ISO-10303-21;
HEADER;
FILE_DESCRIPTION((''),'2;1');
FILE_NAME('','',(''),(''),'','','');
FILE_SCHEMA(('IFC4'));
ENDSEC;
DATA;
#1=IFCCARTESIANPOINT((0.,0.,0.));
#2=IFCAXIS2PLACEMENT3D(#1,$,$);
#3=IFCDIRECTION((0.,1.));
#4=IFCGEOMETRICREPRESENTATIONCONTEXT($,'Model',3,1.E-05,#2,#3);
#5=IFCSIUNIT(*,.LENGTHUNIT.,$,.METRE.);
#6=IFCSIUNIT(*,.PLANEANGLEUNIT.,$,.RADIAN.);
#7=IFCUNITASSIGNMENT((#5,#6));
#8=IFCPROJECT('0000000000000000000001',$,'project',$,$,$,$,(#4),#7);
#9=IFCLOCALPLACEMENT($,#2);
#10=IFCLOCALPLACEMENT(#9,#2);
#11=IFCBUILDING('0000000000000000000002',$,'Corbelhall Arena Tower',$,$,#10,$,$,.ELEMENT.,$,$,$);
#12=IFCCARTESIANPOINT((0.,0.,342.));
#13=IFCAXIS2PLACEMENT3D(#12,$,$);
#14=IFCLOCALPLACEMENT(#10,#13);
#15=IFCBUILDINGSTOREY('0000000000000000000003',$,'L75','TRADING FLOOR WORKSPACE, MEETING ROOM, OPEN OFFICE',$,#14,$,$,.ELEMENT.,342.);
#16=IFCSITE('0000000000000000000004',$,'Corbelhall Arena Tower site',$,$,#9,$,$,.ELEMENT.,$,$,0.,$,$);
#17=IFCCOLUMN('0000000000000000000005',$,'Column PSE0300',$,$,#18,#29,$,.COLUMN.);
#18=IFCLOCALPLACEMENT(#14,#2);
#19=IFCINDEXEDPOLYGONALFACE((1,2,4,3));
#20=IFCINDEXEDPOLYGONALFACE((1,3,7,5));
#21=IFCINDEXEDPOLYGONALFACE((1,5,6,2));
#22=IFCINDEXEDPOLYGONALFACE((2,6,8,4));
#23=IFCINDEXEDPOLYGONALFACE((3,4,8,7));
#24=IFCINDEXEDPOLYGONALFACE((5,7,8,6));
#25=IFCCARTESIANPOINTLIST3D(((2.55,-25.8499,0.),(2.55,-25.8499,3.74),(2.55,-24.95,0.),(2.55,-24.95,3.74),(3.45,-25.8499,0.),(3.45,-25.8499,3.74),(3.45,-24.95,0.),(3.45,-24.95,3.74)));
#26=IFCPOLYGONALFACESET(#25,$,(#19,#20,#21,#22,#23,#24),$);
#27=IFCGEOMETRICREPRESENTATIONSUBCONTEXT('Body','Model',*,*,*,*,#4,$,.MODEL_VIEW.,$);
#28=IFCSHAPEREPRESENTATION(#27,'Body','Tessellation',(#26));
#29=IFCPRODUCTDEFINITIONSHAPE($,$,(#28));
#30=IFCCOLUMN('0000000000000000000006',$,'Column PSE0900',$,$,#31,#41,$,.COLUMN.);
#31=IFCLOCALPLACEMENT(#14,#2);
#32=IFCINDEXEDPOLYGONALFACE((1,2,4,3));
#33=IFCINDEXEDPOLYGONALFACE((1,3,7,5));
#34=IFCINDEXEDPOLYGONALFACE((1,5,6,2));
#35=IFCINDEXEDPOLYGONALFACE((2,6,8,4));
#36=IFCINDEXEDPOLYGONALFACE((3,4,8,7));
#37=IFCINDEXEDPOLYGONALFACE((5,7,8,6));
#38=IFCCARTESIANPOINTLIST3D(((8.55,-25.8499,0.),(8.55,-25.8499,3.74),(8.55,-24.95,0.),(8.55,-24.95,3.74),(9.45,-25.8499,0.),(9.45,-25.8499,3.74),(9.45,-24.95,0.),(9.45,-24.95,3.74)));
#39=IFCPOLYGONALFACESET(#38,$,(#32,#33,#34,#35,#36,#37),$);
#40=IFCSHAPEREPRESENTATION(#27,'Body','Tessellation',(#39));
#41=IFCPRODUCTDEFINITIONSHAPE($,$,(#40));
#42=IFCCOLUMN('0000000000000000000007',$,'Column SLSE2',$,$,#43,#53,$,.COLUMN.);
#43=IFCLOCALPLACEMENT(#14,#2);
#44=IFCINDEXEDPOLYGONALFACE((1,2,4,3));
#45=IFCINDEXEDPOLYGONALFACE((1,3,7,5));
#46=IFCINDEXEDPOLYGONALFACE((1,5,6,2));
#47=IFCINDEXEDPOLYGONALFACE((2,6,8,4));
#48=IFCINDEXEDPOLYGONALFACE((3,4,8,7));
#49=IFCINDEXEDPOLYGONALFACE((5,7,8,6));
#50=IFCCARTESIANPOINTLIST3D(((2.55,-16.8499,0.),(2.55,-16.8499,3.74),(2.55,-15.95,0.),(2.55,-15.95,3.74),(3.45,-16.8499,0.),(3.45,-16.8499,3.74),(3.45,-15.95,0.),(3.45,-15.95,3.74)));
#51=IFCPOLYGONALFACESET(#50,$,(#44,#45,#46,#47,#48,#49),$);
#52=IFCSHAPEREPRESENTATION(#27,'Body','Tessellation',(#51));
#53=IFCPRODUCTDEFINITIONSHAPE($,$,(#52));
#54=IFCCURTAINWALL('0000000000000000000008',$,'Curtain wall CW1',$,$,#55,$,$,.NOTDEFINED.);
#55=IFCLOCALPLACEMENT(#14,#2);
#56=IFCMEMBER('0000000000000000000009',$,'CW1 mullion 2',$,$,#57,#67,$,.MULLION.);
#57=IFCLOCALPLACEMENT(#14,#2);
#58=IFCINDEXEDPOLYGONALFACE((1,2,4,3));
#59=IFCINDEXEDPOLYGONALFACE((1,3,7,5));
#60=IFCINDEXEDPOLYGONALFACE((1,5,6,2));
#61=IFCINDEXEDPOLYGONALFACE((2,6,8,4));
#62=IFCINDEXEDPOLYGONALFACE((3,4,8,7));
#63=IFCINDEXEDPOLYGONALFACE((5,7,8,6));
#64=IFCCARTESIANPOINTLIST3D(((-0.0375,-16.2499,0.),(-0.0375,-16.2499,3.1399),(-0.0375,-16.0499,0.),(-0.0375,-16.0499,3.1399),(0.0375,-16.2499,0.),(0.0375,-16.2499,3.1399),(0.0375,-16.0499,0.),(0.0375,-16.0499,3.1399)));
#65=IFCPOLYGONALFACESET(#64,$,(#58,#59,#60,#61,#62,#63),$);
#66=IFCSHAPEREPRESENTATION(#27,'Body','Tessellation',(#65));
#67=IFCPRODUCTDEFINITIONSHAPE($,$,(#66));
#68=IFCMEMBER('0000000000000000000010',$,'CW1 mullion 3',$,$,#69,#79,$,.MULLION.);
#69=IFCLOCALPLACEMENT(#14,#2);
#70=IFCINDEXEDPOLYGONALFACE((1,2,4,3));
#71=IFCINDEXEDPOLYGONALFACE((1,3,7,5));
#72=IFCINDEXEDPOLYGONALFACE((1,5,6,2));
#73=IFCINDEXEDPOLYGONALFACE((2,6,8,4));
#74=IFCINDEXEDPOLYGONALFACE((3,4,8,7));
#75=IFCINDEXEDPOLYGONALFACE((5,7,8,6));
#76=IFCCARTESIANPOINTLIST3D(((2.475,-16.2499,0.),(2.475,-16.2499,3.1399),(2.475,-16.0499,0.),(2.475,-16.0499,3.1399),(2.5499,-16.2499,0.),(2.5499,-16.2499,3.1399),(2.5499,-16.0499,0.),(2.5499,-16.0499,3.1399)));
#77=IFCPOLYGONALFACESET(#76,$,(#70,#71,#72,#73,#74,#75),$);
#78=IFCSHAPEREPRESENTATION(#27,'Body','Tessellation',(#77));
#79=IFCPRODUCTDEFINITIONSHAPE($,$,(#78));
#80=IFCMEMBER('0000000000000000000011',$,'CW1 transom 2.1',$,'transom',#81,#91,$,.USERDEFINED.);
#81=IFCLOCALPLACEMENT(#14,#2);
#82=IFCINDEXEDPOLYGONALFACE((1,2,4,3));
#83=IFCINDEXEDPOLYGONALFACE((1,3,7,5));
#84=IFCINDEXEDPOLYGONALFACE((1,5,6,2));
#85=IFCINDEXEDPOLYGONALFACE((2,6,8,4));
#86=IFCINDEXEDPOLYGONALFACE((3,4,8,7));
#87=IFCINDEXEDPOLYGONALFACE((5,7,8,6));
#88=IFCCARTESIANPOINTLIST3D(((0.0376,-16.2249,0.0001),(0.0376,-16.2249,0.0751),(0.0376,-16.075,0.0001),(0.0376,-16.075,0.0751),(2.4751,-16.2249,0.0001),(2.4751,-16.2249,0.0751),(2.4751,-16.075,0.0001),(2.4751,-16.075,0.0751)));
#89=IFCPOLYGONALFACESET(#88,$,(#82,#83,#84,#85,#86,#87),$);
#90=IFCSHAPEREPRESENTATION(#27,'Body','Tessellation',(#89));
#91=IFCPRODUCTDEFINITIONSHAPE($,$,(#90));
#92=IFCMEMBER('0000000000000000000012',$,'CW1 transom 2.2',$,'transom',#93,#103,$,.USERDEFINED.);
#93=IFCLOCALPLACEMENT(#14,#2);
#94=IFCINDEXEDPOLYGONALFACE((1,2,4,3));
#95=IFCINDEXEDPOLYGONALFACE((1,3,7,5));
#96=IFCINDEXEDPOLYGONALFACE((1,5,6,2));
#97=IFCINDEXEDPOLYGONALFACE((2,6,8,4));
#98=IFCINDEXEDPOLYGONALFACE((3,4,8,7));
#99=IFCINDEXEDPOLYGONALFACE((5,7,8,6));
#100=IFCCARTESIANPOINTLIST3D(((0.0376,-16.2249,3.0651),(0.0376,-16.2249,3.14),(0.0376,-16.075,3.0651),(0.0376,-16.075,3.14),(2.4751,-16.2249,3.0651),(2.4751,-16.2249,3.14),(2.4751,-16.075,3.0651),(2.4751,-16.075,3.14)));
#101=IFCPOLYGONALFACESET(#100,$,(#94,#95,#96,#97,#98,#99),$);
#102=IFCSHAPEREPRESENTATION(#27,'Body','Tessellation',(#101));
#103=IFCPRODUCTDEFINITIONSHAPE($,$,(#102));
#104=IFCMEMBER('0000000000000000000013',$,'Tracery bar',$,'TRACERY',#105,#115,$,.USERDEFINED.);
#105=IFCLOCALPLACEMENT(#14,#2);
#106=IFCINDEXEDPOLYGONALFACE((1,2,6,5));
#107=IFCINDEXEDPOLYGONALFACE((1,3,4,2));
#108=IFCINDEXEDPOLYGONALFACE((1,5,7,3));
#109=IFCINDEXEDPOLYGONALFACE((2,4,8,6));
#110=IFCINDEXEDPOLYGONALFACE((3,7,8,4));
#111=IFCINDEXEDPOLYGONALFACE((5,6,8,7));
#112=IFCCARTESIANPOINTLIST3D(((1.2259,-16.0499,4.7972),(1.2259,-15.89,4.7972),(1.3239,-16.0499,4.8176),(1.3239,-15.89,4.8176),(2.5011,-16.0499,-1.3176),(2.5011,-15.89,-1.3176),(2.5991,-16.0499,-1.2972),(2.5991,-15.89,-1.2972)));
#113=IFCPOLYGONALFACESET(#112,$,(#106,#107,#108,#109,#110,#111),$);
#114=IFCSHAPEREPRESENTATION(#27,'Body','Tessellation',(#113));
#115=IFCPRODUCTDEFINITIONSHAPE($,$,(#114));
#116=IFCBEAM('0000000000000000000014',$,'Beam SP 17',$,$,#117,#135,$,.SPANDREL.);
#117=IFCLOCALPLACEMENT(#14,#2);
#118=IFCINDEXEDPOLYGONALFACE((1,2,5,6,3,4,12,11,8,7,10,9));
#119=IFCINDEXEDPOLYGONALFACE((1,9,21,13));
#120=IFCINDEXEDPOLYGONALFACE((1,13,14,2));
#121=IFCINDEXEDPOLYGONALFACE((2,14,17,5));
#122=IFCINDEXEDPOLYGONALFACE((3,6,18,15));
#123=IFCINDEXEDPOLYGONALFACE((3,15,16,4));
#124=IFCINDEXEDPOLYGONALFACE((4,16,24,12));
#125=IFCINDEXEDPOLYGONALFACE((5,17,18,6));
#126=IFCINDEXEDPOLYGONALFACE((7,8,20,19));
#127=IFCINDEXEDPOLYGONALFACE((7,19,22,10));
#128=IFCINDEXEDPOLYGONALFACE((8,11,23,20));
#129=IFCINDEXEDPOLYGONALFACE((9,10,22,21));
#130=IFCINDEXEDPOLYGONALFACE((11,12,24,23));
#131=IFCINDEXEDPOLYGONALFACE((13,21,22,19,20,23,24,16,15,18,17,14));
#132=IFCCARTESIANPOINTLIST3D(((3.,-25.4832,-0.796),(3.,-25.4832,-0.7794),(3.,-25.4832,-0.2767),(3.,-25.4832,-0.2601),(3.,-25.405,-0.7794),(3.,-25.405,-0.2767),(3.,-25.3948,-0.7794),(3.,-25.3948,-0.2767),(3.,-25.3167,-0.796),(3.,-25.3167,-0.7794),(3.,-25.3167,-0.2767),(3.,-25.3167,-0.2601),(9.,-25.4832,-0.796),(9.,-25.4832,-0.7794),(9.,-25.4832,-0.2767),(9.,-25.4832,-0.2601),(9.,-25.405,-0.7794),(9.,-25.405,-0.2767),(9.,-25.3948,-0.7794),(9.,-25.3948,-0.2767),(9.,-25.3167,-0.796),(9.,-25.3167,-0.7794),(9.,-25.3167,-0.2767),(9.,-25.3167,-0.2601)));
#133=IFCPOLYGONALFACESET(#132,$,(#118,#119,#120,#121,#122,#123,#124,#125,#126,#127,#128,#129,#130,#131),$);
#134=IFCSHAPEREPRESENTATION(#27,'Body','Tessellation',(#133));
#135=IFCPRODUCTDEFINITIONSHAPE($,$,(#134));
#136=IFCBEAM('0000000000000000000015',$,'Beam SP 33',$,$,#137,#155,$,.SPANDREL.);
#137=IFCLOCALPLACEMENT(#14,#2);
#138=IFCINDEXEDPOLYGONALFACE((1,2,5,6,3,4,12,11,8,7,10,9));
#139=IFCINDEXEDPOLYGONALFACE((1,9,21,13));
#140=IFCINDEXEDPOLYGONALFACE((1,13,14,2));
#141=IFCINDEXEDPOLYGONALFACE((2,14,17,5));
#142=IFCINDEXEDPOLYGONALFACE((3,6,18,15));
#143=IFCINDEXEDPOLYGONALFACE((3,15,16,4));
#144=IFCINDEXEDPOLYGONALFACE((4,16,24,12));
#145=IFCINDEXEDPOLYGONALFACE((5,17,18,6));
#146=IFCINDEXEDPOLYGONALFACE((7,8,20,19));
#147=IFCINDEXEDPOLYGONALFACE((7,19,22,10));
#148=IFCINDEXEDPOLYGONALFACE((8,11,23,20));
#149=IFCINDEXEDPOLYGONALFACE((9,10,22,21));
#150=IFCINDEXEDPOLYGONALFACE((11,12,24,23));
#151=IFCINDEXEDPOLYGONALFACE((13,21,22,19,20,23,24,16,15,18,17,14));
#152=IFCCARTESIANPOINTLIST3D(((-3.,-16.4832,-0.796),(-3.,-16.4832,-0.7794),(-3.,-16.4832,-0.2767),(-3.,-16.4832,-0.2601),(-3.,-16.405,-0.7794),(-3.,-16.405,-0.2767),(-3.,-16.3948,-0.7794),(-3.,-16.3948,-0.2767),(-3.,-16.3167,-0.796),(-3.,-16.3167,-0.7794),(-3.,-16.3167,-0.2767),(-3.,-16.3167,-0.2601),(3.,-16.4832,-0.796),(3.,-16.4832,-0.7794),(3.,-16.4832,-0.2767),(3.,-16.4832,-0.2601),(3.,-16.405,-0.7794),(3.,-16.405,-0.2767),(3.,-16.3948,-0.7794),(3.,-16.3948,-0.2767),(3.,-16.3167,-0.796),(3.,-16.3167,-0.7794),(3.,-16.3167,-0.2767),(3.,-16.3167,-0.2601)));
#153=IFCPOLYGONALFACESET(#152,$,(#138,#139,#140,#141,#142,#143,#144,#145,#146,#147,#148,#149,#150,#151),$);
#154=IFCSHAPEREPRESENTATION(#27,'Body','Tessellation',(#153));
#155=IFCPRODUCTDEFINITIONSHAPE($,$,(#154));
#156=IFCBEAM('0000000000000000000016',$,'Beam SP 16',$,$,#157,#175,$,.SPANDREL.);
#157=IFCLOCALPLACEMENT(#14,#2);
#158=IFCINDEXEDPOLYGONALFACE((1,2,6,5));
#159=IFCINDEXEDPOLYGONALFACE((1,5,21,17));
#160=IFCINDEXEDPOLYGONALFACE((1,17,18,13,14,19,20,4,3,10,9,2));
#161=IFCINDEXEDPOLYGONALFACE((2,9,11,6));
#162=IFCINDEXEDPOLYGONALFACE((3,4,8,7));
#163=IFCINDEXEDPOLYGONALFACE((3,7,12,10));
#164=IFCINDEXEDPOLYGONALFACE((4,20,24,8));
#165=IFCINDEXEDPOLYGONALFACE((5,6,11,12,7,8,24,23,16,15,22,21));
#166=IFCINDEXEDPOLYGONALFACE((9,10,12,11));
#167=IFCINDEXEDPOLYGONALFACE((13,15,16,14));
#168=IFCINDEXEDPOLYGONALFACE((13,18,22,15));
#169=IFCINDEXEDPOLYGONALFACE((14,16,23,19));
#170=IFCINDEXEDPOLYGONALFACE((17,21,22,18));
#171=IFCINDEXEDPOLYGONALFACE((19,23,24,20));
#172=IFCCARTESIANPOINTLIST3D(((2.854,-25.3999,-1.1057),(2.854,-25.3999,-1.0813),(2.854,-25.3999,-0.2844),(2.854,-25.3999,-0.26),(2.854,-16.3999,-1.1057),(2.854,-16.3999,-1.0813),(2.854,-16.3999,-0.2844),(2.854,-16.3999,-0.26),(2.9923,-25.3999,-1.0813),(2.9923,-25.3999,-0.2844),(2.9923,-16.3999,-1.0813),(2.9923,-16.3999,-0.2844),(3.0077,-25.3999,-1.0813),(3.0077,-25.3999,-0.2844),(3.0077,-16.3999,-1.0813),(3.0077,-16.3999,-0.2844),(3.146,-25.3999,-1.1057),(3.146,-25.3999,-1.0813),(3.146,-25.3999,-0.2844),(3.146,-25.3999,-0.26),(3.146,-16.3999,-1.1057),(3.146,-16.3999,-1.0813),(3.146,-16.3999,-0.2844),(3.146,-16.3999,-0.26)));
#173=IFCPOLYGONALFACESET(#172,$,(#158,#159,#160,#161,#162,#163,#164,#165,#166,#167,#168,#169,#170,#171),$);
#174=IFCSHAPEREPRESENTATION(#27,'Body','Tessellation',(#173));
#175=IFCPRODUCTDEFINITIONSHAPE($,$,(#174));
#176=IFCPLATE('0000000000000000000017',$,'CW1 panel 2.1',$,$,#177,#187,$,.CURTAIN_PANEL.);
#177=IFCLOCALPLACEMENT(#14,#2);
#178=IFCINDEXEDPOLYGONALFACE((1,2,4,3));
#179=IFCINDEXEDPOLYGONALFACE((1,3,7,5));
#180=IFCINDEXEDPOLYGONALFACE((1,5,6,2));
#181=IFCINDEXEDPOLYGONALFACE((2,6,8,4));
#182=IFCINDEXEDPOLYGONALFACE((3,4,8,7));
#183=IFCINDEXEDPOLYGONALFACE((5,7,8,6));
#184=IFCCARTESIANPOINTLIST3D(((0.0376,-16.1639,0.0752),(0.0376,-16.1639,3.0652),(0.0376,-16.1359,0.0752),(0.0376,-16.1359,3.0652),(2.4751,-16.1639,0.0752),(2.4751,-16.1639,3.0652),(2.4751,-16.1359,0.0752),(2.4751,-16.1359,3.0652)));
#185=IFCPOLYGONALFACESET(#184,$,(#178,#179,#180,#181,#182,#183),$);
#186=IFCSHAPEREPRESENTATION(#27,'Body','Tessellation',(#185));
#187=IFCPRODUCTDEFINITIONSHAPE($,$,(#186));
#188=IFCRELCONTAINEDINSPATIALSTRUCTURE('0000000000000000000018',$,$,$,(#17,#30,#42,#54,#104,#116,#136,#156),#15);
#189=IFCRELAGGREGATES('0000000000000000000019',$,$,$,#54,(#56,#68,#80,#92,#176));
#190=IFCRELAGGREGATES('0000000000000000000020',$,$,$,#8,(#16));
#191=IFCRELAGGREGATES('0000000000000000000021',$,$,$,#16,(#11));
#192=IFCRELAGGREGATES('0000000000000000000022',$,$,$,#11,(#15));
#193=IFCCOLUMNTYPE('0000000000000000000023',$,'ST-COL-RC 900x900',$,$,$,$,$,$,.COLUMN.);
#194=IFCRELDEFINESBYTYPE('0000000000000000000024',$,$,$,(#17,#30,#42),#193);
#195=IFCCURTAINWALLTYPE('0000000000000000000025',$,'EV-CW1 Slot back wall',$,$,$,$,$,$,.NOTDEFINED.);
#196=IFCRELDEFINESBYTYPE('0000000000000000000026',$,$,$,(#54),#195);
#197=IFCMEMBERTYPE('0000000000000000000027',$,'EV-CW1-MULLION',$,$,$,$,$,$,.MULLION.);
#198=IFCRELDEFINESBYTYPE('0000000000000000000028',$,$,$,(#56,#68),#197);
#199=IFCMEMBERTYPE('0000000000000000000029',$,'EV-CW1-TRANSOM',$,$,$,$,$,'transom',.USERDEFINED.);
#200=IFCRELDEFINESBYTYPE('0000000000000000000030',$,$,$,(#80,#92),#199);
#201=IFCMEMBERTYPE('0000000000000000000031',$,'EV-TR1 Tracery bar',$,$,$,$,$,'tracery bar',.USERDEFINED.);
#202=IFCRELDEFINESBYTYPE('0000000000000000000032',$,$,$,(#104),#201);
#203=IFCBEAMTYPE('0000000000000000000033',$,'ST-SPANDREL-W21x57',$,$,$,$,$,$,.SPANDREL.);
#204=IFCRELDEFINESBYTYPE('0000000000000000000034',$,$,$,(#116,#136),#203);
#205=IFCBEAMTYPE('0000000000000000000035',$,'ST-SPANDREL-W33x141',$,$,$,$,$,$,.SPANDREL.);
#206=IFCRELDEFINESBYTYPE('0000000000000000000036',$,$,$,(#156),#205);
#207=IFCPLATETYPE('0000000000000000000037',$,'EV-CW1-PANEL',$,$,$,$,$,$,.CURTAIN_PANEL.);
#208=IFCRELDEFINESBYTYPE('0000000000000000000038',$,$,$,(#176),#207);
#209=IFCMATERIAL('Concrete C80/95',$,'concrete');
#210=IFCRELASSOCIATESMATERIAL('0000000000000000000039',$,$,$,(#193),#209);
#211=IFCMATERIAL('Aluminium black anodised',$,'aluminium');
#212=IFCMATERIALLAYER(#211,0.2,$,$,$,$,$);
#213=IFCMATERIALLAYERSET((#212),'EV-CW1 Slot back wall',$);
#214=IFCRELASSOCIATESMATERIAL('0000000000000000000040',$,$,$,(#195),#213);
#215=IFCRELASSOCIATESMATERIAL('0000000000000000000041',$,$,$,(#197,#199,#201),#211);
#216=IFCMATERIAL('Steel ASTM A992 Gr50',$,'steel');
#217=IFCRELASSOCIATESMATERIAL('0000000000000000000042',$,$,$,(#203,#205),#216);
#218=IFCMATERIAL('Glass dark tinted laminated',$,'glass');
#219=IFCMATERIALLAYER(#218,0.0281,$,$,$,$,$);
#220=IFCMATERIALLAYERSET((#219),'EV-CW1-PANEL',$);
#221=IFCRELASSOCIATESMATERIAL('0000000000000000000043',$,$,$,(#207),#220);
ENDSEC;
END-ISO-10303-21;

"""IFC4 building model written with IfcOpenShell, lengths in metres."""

from ifc_helpers import new_model, si_unit, direction, frame, origin, origin_2d, place, context, subcontext, project, spatial, rectangle, i_section, extrude, material, layer, layer_set, material_profile, profile_set, type_object, element, aggregate, save


model = new_model("IFC4")

# Units and contexts
model_context = context("Model", 3, precision=1e-05, world=origin(), true_north=direction((0.0, 1.0)))
body_context = subcontext(model_context, "Body", "Model", "MODEL_VIEW")
ifc_project = project(units=[si_unit("LENGTHUNIT", "METRE"), si_unit("PLANEANGLEUNIT", "RADIAN")], contexts=[model_context])

# Site, building, storey
site_placement = place(None, origin())
site = spatial("IfcSite", under=ifc_project, at=site_placement, Name="Corbelhall Arena Tower site", CompositionType="ELEMENT", RefElevation=0.0)
building_placement = place(site_placement, origin())
building = spatial("IfcBuilding", under=site, at=building_placement, Name="Corbelhall Arena Tower", CompositionType="ELEMENT")
storey_placement = place(building_placement, frame((0.0, 0.0, 342.0)))
storey = spatial("IfcBuildingStorey", under=building, at=storey_placement, Name="L75", Description="TRADING FLOOR WORKSPACE, MEETING ROOM, OPEN OFFICE", CompositionType="ELEMENT", Elevation=342.0)

# Columns
ifc_material_1 = material(Name="Concrete C80/95", Category="concrete")
ifc_material_profile_1 = material_profile(ifc_material_1, rectangle(XDim=0.8999, YDim=0.8999, at=origin_2d()))
ifc_profile_set_1 = profile_set([ifc_material_profile_1], Name="Concrete C80/95")
column_type = type_object("IfcColumnType", Name="ST-COL-RC 900x900", PredefinedType="COLUMN", material=ifc_profile_set_1)
for number, where, z_axis, x_axis, name in (
    (1, (3.0, -25.3999, 0.0), (0.0, 0.0, 1.0), (1.0, 0.0, 0.0), "Column PSE0300"),
    (2, (9.0, -25.3999, 0.0), (0.0, 0.0, 1.0), (1.0, 0.0, 0.0), "Column PSE0900"),
    (3, (3.0, -16.3999, 0.0), (0.0, 0.0, 1.0), (1.0, 0.0, 0.0), "Column SLSE2"),
):
    element("IfcColumn", number, at=place(storey_placement, frame(where, z_axis=z_axis, x_axis=x_axis)), inside=storey, type_object=column_type, Name=name, PredefinedType="COLUMN", context=body_context, shape_type="SweptSolid", body=[
        extrude(rectangle(XDim=0.8999, YDim=0.8999, at=origin_2d()), origin(), (0.0, 0.0, 1.0), 3.74),
    ])

# Curtain wall, members
ifc_material_2 = material(Name="Aluminium black anodised", Category="aluminium")
ifc_layer_1 = layer(ifc_material_2, 0.2)
ifc_layer_set_1 = layer_set([ifc_layer_1], Name="EV-CW1 Slot back wall")
curtain_wall_type = type_object("IfcCurtainWallType", Name="EV-CW1 Slot back wall", PredefinedType="NOTDEFINED", material=ifc_layer_set_1)
curtain_wall_placement = place(storey_placement, origin())
curtain_wall = element("IfcCurtainWall", 4, at=curtain_wall_placement, inside=storey, type_object=curtain_wall_type, Name="Curtain wall CW1", PredefinedType="NOTDEFINED")
ifc_material_profile_2 = material_profile(ifc_material_2, rectangle(XDim=0.2, YDim=0.075, at=origin_2d()))
ifc_profile_set_2 = profile_set([ifc_material_profile_2], Name="Aluminium black anodised")
member_type_1 = type_object("IfcMemberType", Name="EV-CW1-MULLION", PredefinedType="MULLION", material=ifc_profile_set_2)
member_1_placement = place(storey_placement, frame((0.0, -16.1499, 0.0), z_axis=(0.0, 0.0, 1.0), x_axis=(0.0, 1.0, 0.0)))
member_1 = element("IfcMember", 5, at=member_1_placement, type_object=member_type_1, Name="CW1 mullion 2", PredefinedType="MULLION", context=body_context, shape_type="SweptSolid", body=[
    extrude(rectangle(XDim=0.2, YDim=0.075, at=origin_2d()), origin(), (0.0, 0.0, 1.0), 3.1399),
])
member_2_placement = place(storey_placement, frame((2.5125, -16.1499, 0.0), z_axis=(0.0, 0.0, 1.0), x_axis=(0.0, 1.0, 0.0)))
member_2 = element("IfcMember", 6, at=member_2_placement, type_object=member_type_1, Name="CW1 mullion 3", PredefinedType="MULLION", context=body_context, shape_type="SweptSolid", body=[
    extrude(rectangle(XDim=0.2, YDim=0.075, at=origin_2d()), origin(), (0.0, 0.0, 1.0), 3.1399),
])
ifc_material_profile_3 = material_profile(ifc_material_2, rectangle(XDim=0.1499, YDim=0.075, at=origin_2d()))
ifc_profile_set_3 = profile_set([ifc_material_profile_3], Name="Aluminium black anodised")
member_type_2 = type_object("IfcMemberType", Name="EV-CW1-TRANSOM", ElementType="transom", PredefinedType="USERDEFINED", material=ifc_profile_set_3)
member_3_placement = place(storey_placement, frame((0.0376, -16.1499, 0.0376), z_axis=(1.0, 0.0, 0.0), x_axis=(0.0, 1.0, 0.0)))
member_3 = element("IfcMember", 7, at=member_3_placement, type_object=member_type_2, Name="CW1 transom 2.1", ObjectType="transom", PredefinedType="USERDEFINED", context=body_context, shape_type="SweptSolid", body=[
    extrude(rectangle(XDim=0.1499, YDim=0.075, at=origin_2d()), origin(), (0.0, 0.0, 1.0), 2.4375),
])
member_4_placement = place(storey_placement, frame((0.0376, -16.1499, 3.1025), z_axis=(1.0, 0.0, 0.0), x_axis=(0.0, 1.0, 0.0)))
member_4 = element("IfcMember", 8, at=member_4_placement, type_object=member_type_2, Name="CW1 transom 2.2", ObjectType="transom", PredefinedType="USERDEFINED", context=body_context, shape_type="SweptSolid", body=[
    extrude(rectangle(XDim=0.1499, YDim=0.075, at=origin_2d()), origin(), (0.0, 0.0, 1.0), 2.4375),
])

# Member
ifc_material_profile_4 = material_profile(ifc_material_2, rectangle(XDim=0.1599, YDim=0.1001, at=origin_2d()))
ifc_profile_set_4 = profile_set([ifc_material_profile_4], Name="Aluminium black anodised")
member_type_3 = type_object("IfcMemberType", Name="EV-TR1 Tracery bar", ElementType="tracery bar", PredefinedType="USERDEFINED", material=ifc_profile_set_4)
member_5_placement = place(storey_placement, frame((1.2749, -15.97, 4.8074), z_axis=(0.204145, 0.0, -0.978941), x_axis=(0.0, 1.0, 0.0)))
element("IfcMember", 9, at=member_5_placement, inside=storey, type_object=member_type_3, Name="Tracery bar", ObjectType="TRACERY", PredefinedType="USERDEFINED", context=body_context, shape_type="SweptSolid", body=[
    extrude(rectangle(XDim=0.1599, YDim=0.1001, at=origin_2d()), origin(), (0.0, 0.0, 1.0), 6.2463),
])

# Beams
ifc_material_3 = material(Name="Steel ASTM A992 Gr50", Category="steel")
ifc_material_profile_5 = material_profile(ifc_material_3, i_section(OverallWidth=0.1665, OverallDepth=0.5359, WebThickness=0.0103, FlangeThickness=0.0166, at=origin_2d()))
ifc_profile_set_5 = profile_set([ifc_material_profile_5], Name="Steel ASTM A992 Gr50")
beam_type_1 = type_object("IfcBeamType", Name="ST-SPANDREL-W21x57", PredefinedType="SPANDREL", material=ifc_profile_set_5)
for number, where, z_axis, x_axis, name in (
    (10, (9.0, -25.3999, -0.5281), (-1.0, 0.0, 0.0), (0.0, -1.0, 0.0), "Beam SP 17"),
    (11, (3.0, -16.3999, -0.5281), (-1.0, 0.0, 0.0), (0.0, -1.0, 0.0), "Beam SP 33"),
):
    element("IfcBeam", number, at=place(storey_placement, frame(where, z_axis=z_axis, x_axis=x_axis)), inside=storey, type_object=beam_type_1, Name=name, PredefinedType="SPANDREL", context=body_context, shape_type="SweptSolid", body=[
        extrude(i_section(OverallWidth=0.1665, OverallDepth=0.5359, WebThickness=0.0103, FlangeThickness=0.0166, at=origin_2d()), origin(), (0.0, 0.0, 1.0), 6.0),
    ])
ifc_material_profile_6 = material_profile(ifc_material_3, i_section(OverallWidth=0.292, OverallDepth=0.8457, WebThickness=0.0154, FlangeThickness=0.0244, at=origin_2d()))
ifc_profile_set_6 = profile_set([ifc_material_profile_6], Name="Steel ASTM A992 Gr50")
beam_type_2 = type_object("IfcBeamType", Name="ST-SPANDREL-W33x141", PredefinedType="SPANDREL", material=ifc_profile_set_6)
beam_placement = place(storey_placement, frame((3.0, -25.3999, -0.6829), z_axis=(0.0, 1.0, 0.0), x_axis=(-1.0, 0.0, 0.0)))
element("IfcBeam", 12, at=beam_placement, inside=storey, type_object=beam_type_2, Name="Beam SP 16", PredefinedType="SPANDREL", context=body_context, shape_type="SweptSolid", body=[
    extrude(i_section(OverallWidth=0.292, OverallDepth=0.8457, WebThickness=0.0154, FlangeThickness=0.0244, at=origin_2d()), origin(), (0.0, 0.0, 1.0), 9.0),
])

# Plate
ifc_material_4 = material(Name="Glass dark tinted laminated", Category="glass")
ifc_layer_2 = layer(ifc_material_4, 0.0281)
ifc_layer_set_2 = layer_set([ifc_layer_2], Name="EV-CW1-PANEL")
plate_type = type_object("IfcPlateType", Name="EV-CW1-PANEL", PredefinedType="CURTAIN_PANEL", material=ifc_layer_set_2)
plate_placement = place(storey_placement, frame((1.2563, -16.1499, 0.0752), z_axis=(0.0, 0.0, 1.0), x_axis=(1.0, 0.0, 0.0)))
plate = element("IfcPlate", 13, at=plate_placement, type_object=plate_type, Name="CW1 panel 2.1", PredefinedType="CURTAIN_PANEL", context=body_context, shape_type="SweptSolid", body=[
    extrude(rectangle(XDim=2.4375, YDim=0.0281, at=origin_2d()), origin(), (0.0, 0.0, 1.0), 2.99),
])
aggregate(curtain_wall, [member_1, member_2, member_3, member_4, plate])

save(model, "model.ifc")
